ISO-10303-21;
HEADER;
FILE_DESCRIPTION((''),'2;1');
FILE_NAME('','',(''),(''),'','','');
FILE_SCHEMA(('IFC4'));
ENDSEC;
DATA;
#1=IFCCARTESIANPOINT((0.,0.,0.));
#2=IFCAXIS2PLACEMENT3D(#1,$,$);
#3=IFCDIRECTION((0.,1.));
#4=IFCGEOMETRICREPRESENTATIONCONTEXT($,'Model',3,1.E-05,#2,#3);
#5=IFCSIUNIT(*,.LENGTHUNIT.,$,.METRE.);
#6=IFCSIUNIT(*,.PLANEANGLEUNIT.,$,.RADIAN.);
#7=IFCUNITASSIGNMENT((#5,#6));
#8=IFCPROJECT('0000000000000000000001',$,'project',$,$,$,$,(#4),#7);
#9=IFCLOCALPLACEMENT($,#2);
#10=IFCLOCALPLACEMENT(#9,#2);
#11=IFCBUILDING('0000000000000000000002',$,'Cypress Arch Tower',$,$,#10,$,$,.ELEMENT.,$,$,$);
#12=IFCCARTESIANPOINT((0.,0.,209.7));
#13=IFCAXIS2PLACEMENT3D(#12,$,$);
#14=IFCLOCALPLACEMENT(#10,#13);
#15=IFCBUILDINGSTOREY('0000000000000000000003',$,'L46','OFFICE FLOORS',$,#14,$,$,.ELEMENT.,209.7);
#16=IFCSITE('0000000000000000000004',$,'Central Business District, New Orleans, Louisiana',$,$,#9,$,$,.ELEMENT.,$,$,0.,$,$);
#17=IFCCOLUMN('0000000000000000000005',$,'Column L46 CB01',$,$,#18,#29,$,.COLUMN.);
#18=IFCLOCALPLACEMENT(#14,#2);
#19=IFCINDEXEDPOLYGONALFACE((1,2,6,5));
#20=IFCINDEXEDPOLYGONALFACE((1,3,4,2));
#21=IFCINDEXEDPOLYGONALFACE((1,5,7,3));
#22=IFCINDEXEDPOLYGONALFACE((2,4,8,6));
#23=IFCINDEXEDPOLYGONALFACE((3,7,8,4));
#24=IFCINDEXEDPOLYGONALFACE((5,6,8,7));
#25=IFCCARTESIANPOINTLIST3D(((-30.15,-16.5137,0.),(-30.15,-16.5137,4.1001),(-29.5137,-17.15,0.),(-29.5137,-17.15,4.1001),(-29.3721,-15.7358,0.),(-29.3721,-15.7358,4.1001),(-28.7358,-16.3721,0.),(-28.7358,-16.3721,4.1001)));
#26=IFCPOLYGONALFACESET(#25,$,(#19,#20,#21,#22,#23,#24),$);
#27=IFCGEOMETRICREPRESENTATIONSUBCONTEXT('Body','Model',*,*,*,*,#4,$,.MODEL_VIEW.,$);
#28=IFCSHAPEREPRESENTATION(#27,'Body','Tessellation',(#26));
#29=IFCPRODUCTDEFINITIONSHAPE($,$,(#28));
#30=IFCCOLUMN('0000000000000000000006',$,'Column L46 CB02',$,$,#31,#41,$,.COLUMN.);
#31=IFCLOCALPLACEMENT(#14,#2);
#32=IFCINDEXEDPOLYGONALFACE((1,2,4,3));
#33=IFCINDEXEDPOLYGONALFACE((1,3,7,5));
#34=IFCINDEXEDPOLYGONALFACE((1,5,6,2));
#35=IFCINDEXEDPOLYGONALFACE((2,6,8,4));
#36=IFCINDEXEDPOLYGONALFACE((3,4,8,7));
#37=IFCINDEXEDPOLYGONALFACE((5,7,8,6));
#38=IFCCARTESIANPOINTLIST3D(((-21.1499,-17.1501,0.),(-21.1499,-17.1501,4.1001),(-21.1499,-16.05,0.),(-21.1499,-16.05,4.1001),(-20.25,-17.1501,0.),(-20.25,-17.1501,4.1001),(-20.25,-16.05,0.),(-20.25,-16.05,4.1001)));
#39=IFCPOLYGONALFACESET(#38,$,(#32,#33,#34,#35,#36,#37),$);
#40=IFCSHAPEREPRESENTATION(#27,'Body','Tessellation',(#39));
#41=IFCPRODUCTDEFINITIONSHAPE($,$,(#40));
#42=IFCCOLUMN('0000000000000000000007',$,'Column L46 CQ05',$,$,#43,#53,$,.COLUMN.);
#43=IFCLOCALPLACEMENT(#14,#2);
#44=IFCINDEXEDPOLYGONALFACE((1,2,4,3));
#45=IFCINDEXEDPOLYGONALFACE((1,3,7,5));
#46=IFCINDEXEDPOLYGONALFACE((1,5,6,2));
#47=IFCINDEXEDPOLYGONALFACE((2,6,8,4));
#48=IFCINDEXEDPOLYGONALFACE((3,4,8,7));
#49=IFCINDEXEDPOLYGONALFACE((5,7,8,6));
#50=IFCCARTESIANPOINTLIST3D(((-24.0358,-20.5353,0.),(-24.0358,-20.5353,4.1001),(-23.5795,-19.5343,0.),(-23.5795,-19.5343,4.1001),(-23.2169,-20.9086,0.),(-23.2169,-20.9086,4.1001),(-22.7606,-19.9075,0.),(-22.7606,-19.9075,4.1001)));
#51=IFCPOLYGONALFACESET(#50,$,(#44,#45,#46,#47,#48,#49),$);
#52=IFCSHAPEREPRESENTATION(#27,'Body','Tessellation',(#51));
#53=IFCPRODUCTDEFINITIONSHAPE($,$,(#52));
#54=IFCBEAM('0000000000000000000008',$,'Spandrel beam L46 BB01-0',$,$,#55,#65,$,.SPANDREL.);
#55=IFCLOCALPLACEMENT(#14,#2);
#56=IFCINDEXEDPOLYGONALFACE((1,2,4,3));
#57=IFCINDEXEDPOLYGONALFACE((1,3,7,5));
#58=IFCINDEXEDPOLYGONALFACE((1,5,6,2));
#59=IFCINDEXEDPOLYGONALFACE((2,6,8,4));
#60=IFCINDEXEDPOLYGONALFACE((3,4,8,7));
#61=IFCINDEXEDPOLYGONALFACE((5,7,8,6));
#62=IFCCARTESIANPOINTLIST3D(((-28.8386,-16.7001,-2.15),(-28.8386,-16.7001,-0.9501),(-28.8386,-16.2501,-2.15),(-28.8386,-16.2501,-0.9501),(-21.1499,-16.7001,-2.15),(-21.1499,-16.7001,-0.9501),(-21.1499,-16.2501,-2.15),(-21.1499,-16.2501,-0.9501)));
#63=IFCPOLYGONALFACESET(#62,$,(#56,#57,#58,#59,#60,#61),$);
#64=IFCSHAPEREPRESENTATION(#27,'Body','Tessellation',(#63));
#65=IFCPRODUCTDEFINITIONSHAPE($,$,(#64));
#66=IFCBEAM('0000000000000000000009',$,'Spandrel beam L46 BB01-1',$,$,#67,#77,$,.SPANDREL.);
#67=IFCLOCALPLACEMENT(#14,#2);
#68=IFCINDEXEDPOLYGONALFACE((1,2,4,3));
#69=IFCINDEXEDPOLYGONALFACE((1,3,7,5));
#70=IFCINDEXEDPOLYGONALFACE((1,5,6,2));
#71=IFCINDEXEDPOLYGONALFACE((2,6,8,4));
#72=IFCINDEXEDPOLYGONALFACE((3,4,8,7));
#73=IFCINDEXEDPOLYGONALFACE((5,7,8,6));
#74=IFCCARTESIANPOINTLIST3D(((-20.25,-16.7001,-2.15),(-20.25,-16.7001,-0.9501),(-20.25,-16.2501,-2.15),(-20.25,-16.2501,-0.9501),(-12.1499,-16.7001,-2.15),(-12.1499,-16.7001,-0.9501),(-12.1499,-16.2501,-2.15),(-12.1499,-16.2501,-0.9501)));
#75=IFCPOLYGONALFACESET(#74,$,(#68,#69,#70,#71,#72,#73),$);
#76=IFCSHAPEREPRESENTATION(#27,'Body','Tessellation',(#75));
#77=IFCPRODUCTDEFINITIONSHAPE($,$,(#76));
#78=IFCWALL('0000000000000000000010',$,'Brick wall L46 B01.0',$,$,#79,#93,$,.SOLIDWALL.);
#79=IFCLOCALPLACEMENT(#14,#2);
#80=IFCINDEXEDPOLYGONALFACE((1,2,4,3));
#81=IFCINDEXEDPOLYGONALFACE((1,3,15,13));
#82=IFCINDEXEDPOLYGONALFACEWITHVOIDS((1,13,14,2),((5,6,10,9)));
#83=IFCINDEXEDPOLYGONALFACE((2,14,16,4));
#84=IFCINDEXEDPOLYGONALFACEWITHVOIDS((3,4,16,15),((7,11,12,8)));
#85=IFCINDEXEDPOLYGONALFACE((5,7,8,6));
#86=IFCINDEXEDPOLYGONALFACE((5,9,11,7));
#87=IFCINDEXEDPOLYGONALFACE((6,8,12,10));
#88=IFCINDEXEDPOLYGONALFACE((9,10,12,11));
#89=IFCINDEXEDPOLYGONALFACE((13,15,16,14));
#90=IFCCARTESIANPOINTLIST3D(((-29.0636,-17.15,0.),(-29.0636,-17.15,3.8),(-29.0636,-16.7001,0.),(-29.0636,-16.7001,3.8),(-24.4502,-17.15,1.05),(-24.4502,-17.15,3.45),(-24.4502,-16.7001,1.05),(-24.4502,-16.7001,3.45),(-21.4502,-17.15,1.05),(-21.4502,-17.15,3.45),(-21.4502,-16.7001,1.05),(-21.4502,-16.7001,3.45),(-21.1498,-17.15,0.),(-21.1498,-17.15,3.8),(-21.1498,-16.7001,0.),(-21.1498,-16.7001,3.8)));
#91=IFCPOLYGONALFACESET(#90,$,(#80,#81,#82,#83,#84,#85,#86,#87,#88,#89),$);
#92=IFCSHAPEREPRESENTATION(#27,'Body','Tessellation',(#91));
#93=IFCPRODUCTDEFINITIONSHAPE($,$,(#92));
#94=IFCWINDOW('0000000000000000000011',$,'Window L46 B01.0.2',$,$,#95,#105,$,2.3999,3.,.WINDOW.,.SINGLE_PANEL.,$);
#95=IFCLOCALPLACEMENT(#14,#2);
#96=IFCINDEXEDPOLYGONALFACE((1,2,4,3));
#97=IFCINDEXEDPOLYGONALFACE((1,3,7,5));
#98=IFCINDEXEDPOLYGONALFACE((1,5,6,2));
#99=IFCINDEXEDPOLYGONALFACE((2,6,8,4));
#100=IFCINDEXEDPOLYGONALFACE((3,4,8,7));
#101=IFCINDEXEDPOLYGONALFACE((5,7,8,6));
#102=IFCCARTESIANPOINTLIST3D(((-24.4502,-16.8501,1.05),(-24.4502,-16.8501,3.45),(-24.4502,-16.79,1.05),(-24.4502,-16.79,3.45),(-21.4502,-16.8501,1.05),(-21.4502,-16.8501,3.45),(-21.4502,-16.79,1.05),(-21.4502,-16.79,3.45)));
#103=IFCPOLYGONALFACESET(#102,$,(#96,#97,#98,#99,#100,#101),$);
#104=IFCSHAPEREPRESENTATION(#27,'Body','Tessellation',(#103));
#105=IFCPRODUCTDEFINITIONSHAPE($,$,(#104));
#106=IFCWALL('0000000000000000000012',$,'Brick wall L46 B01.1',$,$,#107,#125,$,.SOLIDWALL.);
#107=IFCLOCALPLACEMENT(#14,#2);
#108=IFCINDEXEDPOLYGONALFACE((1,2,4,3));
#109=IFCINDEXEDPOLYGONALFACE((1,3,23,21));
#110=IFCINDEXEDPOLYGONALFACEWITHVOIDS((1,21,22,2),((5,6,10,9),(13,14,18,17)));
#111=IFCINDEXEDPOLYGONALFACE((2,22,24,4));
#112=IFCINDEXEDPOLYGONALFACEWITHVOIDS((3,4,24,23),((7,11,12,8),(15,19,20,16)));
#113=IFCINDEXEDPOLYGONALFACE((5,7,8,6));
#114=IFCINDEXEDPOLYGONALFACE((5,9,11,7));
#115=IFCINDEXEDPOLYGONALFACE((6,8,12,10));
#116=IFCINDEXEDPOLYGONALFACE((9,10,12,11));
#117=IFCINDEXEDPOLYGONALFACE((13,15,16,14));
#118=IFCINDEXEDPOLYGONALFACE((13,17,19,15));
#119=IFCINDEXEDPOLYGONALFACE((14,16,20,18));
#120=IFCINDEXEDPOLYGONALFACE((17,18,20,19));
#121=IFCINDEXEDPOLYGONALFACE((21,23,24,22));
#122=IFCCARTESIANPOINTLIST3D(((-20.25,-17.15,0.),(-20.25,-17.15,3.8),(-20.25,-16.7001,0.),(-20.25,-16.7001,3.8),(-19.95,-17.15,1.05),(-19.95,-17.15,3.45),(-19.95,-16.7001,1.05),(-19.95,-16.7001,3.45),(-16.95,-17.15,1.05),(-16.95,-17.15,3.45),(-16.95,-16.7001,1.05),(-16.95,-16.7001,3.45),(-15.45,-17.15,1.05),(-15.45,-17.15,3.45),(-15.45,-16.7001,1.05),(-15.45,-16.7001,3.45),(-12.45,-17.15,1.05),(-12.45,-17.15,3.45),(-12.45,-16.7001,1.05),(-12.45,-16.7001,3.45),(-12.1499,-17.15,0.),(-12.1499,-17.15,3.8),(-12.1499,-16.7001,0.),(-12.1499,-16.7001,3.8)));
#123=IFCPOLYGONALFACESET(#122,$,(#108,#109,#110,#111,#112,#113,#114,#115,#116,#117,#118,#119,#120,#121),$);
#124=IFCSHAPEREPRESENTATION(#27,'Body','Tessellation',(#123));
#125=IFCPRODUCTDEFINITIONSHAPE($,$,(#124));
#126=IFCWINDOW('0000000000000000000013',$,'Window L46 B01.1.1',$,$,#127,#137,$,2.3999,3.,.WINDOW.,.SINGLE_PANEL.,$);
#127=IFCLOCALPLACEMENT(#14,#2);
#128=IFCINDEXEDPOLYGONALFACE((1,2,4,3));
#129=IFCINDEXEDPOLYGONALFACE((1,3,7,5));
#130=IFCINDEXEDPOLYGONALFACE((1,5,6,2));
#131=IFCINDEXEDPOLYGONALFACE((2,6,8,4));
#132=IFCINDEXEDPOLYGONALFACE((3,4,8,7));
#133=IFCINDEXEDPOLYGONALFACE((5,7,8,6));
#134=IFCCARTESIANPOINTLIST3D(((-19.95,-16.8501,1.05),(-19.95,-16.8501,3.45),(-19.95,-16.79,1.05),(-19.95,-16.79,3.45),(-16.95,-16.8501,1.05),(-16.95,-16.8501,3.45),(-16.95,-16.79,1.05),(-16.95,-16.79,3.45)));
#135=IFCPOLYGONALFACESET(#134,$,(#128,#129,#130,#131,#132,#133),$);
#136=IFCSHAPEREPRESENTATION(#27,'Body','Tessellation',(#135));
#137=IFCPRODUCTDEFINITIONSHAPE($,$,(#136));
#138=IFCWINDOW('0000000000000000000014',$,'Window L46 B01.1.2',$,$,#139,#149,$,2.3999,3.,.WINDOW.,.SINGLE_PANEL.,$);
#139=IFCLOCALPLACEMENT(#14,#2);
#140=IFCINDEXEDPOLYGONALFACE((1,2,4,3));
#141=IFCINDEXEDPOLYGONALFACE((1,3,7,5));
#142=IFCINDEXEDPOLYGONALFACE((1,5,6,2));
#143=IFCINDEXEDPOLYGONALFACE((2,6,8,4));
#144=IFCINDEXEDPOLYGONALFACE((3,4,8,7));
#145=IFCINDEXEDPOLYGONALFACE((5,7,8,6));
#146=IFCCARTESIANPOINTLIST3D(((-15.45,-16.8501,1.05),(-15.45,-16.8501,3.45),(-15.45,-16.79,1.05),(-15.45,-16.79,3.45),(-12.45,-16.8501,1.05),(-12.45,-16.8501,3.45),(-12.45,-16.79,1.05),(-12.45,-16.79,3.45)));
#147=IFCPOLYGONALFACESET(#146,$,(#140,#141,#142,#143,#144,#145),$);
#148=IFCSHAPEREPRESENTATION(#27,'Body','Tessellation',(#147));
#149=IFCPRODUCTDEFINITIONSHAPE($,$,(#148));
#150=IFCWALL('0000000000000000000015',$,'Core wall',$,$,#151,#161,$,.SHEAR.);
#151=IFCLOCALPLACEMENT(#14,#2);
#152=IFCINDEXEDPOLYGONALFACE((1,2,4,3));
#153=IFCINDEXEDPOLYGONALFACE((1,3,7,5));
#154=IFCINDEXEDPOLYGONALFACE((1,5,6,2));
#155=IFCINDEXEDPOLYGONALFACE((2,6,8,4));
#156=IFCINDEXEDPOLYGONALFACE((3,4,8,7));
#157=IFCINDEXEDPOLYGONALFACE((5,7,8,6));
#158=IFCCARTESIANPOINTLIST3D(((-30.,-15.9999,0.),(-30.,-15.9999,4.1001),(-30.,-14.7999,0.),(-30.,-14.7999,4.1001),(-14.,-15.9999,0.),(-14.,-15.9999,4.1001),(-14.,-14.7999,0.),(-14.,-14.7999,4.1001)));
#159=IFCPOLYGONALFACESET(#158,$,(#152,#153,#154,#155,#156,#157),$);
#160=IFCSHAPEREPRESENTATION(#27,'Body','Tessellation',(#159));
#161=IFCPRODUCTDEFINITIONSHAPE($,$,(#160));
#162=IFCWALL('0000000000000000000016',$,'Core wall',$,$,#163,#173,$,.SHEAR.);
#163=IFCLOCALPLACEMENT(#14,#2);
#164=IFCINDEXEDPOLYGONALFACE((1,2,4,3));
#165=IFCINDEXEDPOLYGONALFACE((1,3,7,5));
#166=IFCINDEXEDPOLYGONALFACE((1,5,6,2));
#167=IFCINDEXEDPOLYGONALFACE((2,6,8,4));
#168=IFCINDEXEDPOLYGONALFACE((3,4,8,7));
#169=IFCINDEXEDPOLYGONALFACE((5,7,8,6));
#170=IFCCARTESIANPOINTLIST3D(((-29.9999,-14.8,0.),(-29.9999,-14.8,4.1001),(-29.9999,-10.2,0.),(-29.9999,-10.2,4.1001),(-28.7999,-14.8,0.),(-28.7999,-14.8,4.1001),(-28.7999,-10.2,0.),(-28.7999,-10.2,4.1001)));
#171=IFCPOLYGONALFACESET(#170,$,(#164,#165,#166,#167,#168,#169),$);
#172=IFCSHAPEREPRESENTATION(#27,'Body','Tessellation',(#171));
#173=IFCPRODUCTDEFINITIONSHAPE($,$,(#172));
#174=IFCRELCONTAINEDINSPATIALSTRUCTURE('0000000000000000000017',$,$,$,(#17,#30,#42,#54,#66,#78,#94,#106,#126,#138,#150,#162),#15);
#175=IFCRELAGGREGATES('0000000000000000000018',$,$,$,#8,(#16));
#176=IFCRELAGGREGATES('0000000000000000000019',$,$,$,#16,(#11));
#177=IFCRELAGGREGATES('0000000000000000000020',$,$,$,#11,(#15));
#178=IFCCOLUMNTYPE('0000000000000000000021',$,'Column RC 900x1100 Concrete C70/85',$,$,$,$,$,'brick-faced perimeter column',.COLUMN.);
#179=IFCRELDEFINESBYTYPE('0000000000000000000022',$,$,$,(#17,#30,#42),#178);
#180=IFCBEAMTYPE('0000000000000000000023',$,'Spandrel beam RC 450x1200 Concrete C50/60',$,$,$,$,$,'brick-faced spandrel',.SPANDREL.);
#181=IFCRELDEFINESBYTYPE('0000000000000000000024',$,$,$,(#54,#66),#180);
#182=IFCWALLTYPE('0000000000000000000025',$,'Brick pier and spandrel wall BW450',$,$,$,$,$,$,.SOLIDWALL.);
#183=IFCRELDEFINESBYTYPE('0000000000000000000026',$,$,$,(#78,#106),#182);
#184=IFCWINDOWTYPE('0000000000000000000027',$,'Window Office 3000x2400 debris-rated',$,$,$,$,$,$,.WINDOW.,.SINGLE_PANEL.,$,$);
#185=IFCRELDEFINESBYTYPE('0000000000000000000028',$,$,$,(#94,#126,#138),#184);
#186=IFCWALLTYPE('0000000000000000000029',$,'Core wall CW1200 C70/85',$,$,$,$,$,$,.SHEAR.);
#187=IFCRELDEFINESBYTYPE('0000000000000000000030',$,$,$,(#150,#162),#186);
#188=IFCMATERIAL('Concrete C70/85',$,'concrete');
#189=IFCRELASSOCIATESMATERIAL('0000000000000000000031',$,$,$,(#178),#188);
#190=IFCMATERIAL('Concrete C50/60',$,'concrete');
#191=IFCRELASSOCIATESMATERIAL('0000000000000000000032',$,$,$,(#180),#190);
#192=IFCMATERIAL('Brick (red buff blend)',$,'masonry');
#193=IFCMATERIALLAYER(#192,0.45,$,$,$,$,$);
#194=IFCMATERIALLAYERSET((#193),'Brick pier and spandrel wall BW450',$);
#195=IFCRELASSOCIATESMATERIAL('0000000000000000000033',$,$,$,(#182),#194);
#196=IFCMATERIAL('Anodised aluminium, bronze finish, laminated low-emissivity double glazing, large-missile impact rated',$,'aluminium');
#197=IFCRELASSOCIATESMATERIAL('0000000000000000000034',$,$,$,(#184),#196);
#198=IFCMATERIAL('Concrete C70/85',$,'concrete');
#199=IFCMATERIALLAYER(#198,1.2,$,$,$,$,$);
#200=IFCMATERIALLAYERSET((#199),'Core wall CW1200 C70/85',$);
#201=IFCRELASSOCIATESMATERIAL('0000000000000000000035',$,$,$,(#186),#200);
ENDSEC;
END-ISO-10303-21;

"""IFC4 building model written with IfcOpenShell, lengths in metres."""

from ifc_helpers import new_model, si_unit, direction, frame, frame_2d, origin, origin_2d, place, context, subcontext, project, spatial, rectangle, extrude, material, layer, layer_set, material_profile, profile_set, type_object, element, fill, save


model = new_model("IFC4")

# Units and contexts
model_context = context("Model", 3, precision=1e-05, world=origin(), true_north=direction((0.0, 1.0)))
body_context = subcontext(model_context, "Body", "Model", "MODEL_VIEW")
ifc_project = project(units=[si_unit("LENGTHUNIT", "METRE"), si_unit("PLANEANGLEUNIT", "RADIAN")], contexts=[model_context])

# Site, building, storey
site_placement = place(None, origin())
site = spatial("IfcSite", under=ifc_project, at=site_placement, Name="Central Business District, New Orleans, Louisiana", CompositionType="ELEMENT", RefElevation=0.0)
building_placement = place(site_placement, origin())
building = spatial("IfcBuilding", under=site, at=building_placement, Name="Cypress Arch Tower", CompositionType="ELEMENT")
storey_placement = place(building_placement, frame((0.0, 0.0, 209.7)))
storey = spatial("IfcBuildingStorey", under=building, at=storey_placement, Name="L46", Description="OFFICE FLOORS", CompositionType="ELEMENT", Elevation=209.7)

# Columns
ifc_material_1 = material(Name="Concrete C70/85", Category="concrete")
ifc_material_profile_1 = material_profile(ifc_material_1, rectangle(XDim=0.8999, YDim=1.1001, at=origin_2d()), Name="RC 900x1100")
ifc_profile_set_1 = profile_set([ifc_material_profile_1], Name="Concrete C70/85")
column_type = type_object("IfcColumnType", Name="Column RC 900x1100 Concrete C70/85", ElementType="brick-faced perimeter column", PredefinedType="COLUMN", material=ifc_profile_set_1)
for number, where, z_axis, x_axis, name in (
    (1, (-29.4429, -16.4429, 0.0), (0.0, 0.0, 1.0), (0.707107, -0.707107, 0.0), "Column L46 CB01"),
    (2, (-20.7, -16.6001, 0.0), (0.0, 0.0, 1.0), (1.0, 0.0, 0.0), "Column L46 CB02"),
    (3, (-23.3982, -20.2214, 0.0), (0.0, 0.0, 1.0), (0.909932, -0.414757, 0.0), "Column L46 CQ05"),
):
    element("IfcColumn", number, at=place(storey_placement, frame(where, z_axis=z_axis, x_axis=x_axis)), inside=storey, type_object=column_type, Name=name, PredefinedType="COLUMN", context=body_context, shape_type="SweptSolid", body=[
        extrude(rectangle(XDim=0.8999, YDim=1.1001, at=origin_2d()), origin(), (0.0, 0.0, 1.0), 4.1001),
    ])

# Beams
ifc_material_2 = material(Name="Concrete C50/60", Category="concrete")
ifc_material_profile_2 = material_profile(ifc_material_2, rectangle(XDim=0.45, YDim=1.2, at=origin_2d()), Name="RC 450x1200")
ifc_profile_set_2 = profile_set([ifc_material_profile_2], Name="Concrete C50/60")
beam_type = type_object("IfcBeamType", Name="Spandrel beam RC 450x1200 Concrete C50/60", ElementType="brick-faced spandrel", PredefinedType="SPANDREL", material=ifc_profile_set_2)
beam_1_placement = place(storey_placement, frame((-28.8386, -16.4751, -1.55), z_axis=(1.0, 0.0, 0.0), x_axis=(0.0, 1.0, 0.0)))
element("IfcBeam", 4, at=beam_1_placement, inside=storey, type_object=beam_type, Name="Spandrel beam L46 BB01-0", PredefinedType="SPANDREL", context=body_context, shape_type="SweptSolid", body=[
    extrude(rectangle(XDim=0.45, YDim=1.2, at=origin_2d()), origin(), (0.0, 0.0, 1.0), 7.6887),
])
beam_2_placement = place(storey_placement, frame((-20.25, -16.4751, -1.55), z_axis=(1.0, 0.0, 0.0), x_axis=(0.0, 1.0, 0.0)))
element("IfcBeam", 5, at=beam_2_placement, inside=storey, type_object=beam_type, Name="Spandrel beam L46 BB01-1", PredefinedType="SPANDREL", context=body_context, shape_type="SweptSolid", body=[
    extrude(rectangle(XDim=0.45, YDim=1.2, at=origin_2d()), origin(), (0.0, 0.0, 1.0), 8.1001),
])

# Wall, opening, window
ifc_material_3 = material(Name="Brick (red buff blend)", Category="masonry")
ifc_layer_1 = layer(ifc_material_3, 0.45)
ifc_layer_set_1 = layer_set([ifc_layer_1], Name="Brick pier and spandrel wall BW450")
wall_type_1 = type_object("IfcWallType", Name="Brick pier and spandrel wall BW450", PredefinedType="SOLIDWALL", material=ifc_layer_set_1)
wall_1_placement = place(storey_placement, frame((-29.0637, -16.925, 0.0), z_axis=(0.0, 0.0, 1.0), x_axis=(1.0, 0.0, 0.0)))
wall_1 = element("IfcWall", 6, at=wall_1_placement, inside=storey, type_object=wall_type_1, Name="Brick wall L46 B01.0", PredefinedType="SOLIDWALL", context=body_context, shape_type="SweptSolid", body=[
    extrude(rectangle(XDim=7.9138, YDim=0.45, at=frame_2d((3.957, 0.0))), origin(), (0.0, 0.0, 1.0), 3.8),
])
opening_1_placement = place(wall_1_placement, frame((4.6135, 0.0, 1.05)))
opening_1 = element("IfcOpeningElement", 7, at=opening_1_placement, cuts=wall_1, PredefinedType="OPENING", context=body_context, shape_type="SweptSolid", body=[
    extrude(rectangle(XDim=3.0, YDim=2.3999, at=frame_2d((1.5, 1.2))), frame((0.0, 0.2349, 0.0), z_axis=(0.0, -1.0, 0.0), x_axis=(1.0, 0.0, 0.0)), (0.0, 0.0, 1.0), 0.47),
])
ifc_material_4 = material(Name="Anodised aluminium, bronze finish, laminated low-emissivity double glazing, large-missile impact rated", Category="aluminium")
window_type = type_object("IfcWindowType", Name="Window Office 3000x2400 debris-rated", PartitioningType="SINGLE_PANEL", PredefinedType="WINDOW", material=ifc_material_4)
window_1_placement = place(opening_1_placement, origin())
window_1 = element("IfcWindow", 8, at=window_1_placement, inside=storey, type_object=window_type, Name="Window L46 B01.0.2", OverallHeight=2.3999, OverallWidth=3.0, PartitioningType="SINGLE_PANEL", PredefinedType="WINDOW", context=body_context, shape_type="SweptSolid", body=[
    extrude(rectangle(XDim=3.0, YDim=2.3999, at=frame_2d((1.5, 1.2))), frame((0.0, 0.135, 0.0), z_axis=(0.0, -1.0, 0.0), x_axis=(1.0, 0.0, 0.0)), (0.0, 0.0, 1.0), 0.0601),
])
fill(opening_1, window_1)

# Wall, openings, windows
wall_2_placement = place(storey_placement, frame((-20.25, -16.925, 0.0), z_axis=(0.0, 0.0, 1.0), x_axis=(1.0, 0.0, 0.0)))
wall_2 = element("IfcWall", 9, at=wall_2_placement, inside=storey, type_object=wall_type_1, Name="Brick wall L46 B01.1", PredefinedType="SOLIDWALL", context=body_context, shape_type="SweptSolid", body=[
    extrude(rectangle(XDim=8.1001, YDim=0.45, at=frame_2d((4.05, 0.0))), origin(), (0.0, 0.0, 1.0), 3.8),
])
opening_2_placement = place(wall_2_placement, frame((0.3, 0.0, 1.05)))
opening_2 = element("IfcOpeningElement", 10, at=opening_2_placement, cuts=wall_2, PredefinedType="OPENING", context=body_context, shape_type="SweptSolid", body=[
    extrude(rectangle(XDim=3.0, YDim=2.3999, at=frame_2d((1.5, 1.2))), frame((0.0, 0.2349, 0.0), z_axis=(0.0, -1.0, 0.0), x_axis=(1.0, 0.0, 0.0)), (0.0, 0.0, 1.0), 0.47),
])
opening_3_placement = place(wall_2_placement, frame((4.8, 0.0, 1.05)))
opening_3 = element("IfcOpeningElement", 11, at=opening_3_placement, cuts=wall_2, PredefinedType="OPENING", context=body_context, shape_type="SweptSolid", body=[
    extrude(rectangle(XDim=3.0, YDim=2.3999, at=frame_2d((1.5, 1.2))), frame((0.0, 0.2349, 0.0), z_axis=(0.0, -1.0, 0.0), x_axis=(1.0, 0.0, 0.0)), (0.0, 0.0, 1.0), 0.47),
])
window_2_placement = place(opening_2_placement, origin())
window_2 = element("IfcWindow", 12, at=window_2_placement, inside=storey, type_object=window_type, Name="Window L46 B01.1.1", OverallHeight=2.3999, OverallWidth=3.0, PartitioningType="SINGLE_PANEL", PredefinedType="WINDOW", context=body_context, shape_type="SweptSolid", body=[
    extrude(rectangle(XDim=3.0, YDim=2.3999, at=frame_2d((1.5, 1.2))), frame((0.0, 0.135, 0.0), z_axis=(0.0, -1.0, 0.0), x_axis=(1.0, 0.0, 0.0)), (0.0, 0.0, 1.0), 0.0601),
])
fill(opening_2, window_2)
window_3_placement = place(opening_3_placement, origin())
window_3 = element("IfcWindow", 13, at=window_3_placement, inside=storey, type_object=window_type, Name="Window L46 B01.1.2", OverallHeight=2.3999, OverallWidth=3.0, PartitioningType="SINGLE_PANEL", PredefinedType="WINDOW", context=body_context, shape_type="SweptSolid", body=[
    extrude(rectangle(XDim=3.0, YDim=2.3999, at=frame_2d((1.5, 1.2))), frame((0.0, 0.135, 0.0), z_axis=(0.0, -1.0, 0.0), x_axis=(1.0, 0.0, 0.0)), (0.0, 0.0, 1.0), 0.0601),
])
fill(opening_3, window_3)

# Walls
ifc_material_5 = material(Name="Concrete C70/85", Category="concrete")
ifc_layer_2 = layer(ifc_material_5, 1.2)
ifc_layer_set_2 = layer_set([ifc_layer_2], Name="Core wall CW1200 C70/85")
wall_type_2 = type_object("IfcWallType", Name="Core wall CW1200 C70/85", PredefinedType="SHEAR", material=ifc_layer_set_2)
wall_3_placement = place(storey_placement, frame((-30.0, -15.3999, 0.0), z_axis=(0.0, 0.0, 1.0), x_axis=(1.0, 0.0, 0.0)))
element("IfcWall", 14, at=wall_3_placement, inside=storey, type_object=wall_type_2, Name="Core wall", PredefinedType="SHEAR", context=body_context, shape_type="SweptSolid", body=[
    extrude(rectangle(XDim=16.0, YDim=1.2, at=frame_2d((8.0, 0.0))), origin(), (0.0, 0.0, 1.0), 4.1001),
])
wall_4_placement = place(storey_placement, frame((-29.3999, -14.8, 0.0), z_axis=(0.0, 0.0, 1.0), x_axis=(0.0, 1.0, 0.0)))
element("IfcWall", 15, at=wall_4_placement, inside=storey, type_object=wall_type_2, Name="Core wall", PredefinedType="SHEAR", context=body_context, shape_type="SweptSolid", body=[
    extrude(rectangle(XDim=4.6001, YDim=1.2, at=frame_2d((2.3, 0.0))), origin(), (0.0, 0.0, 1.0), 4.1001),
])

save(model, "model.ifc")
